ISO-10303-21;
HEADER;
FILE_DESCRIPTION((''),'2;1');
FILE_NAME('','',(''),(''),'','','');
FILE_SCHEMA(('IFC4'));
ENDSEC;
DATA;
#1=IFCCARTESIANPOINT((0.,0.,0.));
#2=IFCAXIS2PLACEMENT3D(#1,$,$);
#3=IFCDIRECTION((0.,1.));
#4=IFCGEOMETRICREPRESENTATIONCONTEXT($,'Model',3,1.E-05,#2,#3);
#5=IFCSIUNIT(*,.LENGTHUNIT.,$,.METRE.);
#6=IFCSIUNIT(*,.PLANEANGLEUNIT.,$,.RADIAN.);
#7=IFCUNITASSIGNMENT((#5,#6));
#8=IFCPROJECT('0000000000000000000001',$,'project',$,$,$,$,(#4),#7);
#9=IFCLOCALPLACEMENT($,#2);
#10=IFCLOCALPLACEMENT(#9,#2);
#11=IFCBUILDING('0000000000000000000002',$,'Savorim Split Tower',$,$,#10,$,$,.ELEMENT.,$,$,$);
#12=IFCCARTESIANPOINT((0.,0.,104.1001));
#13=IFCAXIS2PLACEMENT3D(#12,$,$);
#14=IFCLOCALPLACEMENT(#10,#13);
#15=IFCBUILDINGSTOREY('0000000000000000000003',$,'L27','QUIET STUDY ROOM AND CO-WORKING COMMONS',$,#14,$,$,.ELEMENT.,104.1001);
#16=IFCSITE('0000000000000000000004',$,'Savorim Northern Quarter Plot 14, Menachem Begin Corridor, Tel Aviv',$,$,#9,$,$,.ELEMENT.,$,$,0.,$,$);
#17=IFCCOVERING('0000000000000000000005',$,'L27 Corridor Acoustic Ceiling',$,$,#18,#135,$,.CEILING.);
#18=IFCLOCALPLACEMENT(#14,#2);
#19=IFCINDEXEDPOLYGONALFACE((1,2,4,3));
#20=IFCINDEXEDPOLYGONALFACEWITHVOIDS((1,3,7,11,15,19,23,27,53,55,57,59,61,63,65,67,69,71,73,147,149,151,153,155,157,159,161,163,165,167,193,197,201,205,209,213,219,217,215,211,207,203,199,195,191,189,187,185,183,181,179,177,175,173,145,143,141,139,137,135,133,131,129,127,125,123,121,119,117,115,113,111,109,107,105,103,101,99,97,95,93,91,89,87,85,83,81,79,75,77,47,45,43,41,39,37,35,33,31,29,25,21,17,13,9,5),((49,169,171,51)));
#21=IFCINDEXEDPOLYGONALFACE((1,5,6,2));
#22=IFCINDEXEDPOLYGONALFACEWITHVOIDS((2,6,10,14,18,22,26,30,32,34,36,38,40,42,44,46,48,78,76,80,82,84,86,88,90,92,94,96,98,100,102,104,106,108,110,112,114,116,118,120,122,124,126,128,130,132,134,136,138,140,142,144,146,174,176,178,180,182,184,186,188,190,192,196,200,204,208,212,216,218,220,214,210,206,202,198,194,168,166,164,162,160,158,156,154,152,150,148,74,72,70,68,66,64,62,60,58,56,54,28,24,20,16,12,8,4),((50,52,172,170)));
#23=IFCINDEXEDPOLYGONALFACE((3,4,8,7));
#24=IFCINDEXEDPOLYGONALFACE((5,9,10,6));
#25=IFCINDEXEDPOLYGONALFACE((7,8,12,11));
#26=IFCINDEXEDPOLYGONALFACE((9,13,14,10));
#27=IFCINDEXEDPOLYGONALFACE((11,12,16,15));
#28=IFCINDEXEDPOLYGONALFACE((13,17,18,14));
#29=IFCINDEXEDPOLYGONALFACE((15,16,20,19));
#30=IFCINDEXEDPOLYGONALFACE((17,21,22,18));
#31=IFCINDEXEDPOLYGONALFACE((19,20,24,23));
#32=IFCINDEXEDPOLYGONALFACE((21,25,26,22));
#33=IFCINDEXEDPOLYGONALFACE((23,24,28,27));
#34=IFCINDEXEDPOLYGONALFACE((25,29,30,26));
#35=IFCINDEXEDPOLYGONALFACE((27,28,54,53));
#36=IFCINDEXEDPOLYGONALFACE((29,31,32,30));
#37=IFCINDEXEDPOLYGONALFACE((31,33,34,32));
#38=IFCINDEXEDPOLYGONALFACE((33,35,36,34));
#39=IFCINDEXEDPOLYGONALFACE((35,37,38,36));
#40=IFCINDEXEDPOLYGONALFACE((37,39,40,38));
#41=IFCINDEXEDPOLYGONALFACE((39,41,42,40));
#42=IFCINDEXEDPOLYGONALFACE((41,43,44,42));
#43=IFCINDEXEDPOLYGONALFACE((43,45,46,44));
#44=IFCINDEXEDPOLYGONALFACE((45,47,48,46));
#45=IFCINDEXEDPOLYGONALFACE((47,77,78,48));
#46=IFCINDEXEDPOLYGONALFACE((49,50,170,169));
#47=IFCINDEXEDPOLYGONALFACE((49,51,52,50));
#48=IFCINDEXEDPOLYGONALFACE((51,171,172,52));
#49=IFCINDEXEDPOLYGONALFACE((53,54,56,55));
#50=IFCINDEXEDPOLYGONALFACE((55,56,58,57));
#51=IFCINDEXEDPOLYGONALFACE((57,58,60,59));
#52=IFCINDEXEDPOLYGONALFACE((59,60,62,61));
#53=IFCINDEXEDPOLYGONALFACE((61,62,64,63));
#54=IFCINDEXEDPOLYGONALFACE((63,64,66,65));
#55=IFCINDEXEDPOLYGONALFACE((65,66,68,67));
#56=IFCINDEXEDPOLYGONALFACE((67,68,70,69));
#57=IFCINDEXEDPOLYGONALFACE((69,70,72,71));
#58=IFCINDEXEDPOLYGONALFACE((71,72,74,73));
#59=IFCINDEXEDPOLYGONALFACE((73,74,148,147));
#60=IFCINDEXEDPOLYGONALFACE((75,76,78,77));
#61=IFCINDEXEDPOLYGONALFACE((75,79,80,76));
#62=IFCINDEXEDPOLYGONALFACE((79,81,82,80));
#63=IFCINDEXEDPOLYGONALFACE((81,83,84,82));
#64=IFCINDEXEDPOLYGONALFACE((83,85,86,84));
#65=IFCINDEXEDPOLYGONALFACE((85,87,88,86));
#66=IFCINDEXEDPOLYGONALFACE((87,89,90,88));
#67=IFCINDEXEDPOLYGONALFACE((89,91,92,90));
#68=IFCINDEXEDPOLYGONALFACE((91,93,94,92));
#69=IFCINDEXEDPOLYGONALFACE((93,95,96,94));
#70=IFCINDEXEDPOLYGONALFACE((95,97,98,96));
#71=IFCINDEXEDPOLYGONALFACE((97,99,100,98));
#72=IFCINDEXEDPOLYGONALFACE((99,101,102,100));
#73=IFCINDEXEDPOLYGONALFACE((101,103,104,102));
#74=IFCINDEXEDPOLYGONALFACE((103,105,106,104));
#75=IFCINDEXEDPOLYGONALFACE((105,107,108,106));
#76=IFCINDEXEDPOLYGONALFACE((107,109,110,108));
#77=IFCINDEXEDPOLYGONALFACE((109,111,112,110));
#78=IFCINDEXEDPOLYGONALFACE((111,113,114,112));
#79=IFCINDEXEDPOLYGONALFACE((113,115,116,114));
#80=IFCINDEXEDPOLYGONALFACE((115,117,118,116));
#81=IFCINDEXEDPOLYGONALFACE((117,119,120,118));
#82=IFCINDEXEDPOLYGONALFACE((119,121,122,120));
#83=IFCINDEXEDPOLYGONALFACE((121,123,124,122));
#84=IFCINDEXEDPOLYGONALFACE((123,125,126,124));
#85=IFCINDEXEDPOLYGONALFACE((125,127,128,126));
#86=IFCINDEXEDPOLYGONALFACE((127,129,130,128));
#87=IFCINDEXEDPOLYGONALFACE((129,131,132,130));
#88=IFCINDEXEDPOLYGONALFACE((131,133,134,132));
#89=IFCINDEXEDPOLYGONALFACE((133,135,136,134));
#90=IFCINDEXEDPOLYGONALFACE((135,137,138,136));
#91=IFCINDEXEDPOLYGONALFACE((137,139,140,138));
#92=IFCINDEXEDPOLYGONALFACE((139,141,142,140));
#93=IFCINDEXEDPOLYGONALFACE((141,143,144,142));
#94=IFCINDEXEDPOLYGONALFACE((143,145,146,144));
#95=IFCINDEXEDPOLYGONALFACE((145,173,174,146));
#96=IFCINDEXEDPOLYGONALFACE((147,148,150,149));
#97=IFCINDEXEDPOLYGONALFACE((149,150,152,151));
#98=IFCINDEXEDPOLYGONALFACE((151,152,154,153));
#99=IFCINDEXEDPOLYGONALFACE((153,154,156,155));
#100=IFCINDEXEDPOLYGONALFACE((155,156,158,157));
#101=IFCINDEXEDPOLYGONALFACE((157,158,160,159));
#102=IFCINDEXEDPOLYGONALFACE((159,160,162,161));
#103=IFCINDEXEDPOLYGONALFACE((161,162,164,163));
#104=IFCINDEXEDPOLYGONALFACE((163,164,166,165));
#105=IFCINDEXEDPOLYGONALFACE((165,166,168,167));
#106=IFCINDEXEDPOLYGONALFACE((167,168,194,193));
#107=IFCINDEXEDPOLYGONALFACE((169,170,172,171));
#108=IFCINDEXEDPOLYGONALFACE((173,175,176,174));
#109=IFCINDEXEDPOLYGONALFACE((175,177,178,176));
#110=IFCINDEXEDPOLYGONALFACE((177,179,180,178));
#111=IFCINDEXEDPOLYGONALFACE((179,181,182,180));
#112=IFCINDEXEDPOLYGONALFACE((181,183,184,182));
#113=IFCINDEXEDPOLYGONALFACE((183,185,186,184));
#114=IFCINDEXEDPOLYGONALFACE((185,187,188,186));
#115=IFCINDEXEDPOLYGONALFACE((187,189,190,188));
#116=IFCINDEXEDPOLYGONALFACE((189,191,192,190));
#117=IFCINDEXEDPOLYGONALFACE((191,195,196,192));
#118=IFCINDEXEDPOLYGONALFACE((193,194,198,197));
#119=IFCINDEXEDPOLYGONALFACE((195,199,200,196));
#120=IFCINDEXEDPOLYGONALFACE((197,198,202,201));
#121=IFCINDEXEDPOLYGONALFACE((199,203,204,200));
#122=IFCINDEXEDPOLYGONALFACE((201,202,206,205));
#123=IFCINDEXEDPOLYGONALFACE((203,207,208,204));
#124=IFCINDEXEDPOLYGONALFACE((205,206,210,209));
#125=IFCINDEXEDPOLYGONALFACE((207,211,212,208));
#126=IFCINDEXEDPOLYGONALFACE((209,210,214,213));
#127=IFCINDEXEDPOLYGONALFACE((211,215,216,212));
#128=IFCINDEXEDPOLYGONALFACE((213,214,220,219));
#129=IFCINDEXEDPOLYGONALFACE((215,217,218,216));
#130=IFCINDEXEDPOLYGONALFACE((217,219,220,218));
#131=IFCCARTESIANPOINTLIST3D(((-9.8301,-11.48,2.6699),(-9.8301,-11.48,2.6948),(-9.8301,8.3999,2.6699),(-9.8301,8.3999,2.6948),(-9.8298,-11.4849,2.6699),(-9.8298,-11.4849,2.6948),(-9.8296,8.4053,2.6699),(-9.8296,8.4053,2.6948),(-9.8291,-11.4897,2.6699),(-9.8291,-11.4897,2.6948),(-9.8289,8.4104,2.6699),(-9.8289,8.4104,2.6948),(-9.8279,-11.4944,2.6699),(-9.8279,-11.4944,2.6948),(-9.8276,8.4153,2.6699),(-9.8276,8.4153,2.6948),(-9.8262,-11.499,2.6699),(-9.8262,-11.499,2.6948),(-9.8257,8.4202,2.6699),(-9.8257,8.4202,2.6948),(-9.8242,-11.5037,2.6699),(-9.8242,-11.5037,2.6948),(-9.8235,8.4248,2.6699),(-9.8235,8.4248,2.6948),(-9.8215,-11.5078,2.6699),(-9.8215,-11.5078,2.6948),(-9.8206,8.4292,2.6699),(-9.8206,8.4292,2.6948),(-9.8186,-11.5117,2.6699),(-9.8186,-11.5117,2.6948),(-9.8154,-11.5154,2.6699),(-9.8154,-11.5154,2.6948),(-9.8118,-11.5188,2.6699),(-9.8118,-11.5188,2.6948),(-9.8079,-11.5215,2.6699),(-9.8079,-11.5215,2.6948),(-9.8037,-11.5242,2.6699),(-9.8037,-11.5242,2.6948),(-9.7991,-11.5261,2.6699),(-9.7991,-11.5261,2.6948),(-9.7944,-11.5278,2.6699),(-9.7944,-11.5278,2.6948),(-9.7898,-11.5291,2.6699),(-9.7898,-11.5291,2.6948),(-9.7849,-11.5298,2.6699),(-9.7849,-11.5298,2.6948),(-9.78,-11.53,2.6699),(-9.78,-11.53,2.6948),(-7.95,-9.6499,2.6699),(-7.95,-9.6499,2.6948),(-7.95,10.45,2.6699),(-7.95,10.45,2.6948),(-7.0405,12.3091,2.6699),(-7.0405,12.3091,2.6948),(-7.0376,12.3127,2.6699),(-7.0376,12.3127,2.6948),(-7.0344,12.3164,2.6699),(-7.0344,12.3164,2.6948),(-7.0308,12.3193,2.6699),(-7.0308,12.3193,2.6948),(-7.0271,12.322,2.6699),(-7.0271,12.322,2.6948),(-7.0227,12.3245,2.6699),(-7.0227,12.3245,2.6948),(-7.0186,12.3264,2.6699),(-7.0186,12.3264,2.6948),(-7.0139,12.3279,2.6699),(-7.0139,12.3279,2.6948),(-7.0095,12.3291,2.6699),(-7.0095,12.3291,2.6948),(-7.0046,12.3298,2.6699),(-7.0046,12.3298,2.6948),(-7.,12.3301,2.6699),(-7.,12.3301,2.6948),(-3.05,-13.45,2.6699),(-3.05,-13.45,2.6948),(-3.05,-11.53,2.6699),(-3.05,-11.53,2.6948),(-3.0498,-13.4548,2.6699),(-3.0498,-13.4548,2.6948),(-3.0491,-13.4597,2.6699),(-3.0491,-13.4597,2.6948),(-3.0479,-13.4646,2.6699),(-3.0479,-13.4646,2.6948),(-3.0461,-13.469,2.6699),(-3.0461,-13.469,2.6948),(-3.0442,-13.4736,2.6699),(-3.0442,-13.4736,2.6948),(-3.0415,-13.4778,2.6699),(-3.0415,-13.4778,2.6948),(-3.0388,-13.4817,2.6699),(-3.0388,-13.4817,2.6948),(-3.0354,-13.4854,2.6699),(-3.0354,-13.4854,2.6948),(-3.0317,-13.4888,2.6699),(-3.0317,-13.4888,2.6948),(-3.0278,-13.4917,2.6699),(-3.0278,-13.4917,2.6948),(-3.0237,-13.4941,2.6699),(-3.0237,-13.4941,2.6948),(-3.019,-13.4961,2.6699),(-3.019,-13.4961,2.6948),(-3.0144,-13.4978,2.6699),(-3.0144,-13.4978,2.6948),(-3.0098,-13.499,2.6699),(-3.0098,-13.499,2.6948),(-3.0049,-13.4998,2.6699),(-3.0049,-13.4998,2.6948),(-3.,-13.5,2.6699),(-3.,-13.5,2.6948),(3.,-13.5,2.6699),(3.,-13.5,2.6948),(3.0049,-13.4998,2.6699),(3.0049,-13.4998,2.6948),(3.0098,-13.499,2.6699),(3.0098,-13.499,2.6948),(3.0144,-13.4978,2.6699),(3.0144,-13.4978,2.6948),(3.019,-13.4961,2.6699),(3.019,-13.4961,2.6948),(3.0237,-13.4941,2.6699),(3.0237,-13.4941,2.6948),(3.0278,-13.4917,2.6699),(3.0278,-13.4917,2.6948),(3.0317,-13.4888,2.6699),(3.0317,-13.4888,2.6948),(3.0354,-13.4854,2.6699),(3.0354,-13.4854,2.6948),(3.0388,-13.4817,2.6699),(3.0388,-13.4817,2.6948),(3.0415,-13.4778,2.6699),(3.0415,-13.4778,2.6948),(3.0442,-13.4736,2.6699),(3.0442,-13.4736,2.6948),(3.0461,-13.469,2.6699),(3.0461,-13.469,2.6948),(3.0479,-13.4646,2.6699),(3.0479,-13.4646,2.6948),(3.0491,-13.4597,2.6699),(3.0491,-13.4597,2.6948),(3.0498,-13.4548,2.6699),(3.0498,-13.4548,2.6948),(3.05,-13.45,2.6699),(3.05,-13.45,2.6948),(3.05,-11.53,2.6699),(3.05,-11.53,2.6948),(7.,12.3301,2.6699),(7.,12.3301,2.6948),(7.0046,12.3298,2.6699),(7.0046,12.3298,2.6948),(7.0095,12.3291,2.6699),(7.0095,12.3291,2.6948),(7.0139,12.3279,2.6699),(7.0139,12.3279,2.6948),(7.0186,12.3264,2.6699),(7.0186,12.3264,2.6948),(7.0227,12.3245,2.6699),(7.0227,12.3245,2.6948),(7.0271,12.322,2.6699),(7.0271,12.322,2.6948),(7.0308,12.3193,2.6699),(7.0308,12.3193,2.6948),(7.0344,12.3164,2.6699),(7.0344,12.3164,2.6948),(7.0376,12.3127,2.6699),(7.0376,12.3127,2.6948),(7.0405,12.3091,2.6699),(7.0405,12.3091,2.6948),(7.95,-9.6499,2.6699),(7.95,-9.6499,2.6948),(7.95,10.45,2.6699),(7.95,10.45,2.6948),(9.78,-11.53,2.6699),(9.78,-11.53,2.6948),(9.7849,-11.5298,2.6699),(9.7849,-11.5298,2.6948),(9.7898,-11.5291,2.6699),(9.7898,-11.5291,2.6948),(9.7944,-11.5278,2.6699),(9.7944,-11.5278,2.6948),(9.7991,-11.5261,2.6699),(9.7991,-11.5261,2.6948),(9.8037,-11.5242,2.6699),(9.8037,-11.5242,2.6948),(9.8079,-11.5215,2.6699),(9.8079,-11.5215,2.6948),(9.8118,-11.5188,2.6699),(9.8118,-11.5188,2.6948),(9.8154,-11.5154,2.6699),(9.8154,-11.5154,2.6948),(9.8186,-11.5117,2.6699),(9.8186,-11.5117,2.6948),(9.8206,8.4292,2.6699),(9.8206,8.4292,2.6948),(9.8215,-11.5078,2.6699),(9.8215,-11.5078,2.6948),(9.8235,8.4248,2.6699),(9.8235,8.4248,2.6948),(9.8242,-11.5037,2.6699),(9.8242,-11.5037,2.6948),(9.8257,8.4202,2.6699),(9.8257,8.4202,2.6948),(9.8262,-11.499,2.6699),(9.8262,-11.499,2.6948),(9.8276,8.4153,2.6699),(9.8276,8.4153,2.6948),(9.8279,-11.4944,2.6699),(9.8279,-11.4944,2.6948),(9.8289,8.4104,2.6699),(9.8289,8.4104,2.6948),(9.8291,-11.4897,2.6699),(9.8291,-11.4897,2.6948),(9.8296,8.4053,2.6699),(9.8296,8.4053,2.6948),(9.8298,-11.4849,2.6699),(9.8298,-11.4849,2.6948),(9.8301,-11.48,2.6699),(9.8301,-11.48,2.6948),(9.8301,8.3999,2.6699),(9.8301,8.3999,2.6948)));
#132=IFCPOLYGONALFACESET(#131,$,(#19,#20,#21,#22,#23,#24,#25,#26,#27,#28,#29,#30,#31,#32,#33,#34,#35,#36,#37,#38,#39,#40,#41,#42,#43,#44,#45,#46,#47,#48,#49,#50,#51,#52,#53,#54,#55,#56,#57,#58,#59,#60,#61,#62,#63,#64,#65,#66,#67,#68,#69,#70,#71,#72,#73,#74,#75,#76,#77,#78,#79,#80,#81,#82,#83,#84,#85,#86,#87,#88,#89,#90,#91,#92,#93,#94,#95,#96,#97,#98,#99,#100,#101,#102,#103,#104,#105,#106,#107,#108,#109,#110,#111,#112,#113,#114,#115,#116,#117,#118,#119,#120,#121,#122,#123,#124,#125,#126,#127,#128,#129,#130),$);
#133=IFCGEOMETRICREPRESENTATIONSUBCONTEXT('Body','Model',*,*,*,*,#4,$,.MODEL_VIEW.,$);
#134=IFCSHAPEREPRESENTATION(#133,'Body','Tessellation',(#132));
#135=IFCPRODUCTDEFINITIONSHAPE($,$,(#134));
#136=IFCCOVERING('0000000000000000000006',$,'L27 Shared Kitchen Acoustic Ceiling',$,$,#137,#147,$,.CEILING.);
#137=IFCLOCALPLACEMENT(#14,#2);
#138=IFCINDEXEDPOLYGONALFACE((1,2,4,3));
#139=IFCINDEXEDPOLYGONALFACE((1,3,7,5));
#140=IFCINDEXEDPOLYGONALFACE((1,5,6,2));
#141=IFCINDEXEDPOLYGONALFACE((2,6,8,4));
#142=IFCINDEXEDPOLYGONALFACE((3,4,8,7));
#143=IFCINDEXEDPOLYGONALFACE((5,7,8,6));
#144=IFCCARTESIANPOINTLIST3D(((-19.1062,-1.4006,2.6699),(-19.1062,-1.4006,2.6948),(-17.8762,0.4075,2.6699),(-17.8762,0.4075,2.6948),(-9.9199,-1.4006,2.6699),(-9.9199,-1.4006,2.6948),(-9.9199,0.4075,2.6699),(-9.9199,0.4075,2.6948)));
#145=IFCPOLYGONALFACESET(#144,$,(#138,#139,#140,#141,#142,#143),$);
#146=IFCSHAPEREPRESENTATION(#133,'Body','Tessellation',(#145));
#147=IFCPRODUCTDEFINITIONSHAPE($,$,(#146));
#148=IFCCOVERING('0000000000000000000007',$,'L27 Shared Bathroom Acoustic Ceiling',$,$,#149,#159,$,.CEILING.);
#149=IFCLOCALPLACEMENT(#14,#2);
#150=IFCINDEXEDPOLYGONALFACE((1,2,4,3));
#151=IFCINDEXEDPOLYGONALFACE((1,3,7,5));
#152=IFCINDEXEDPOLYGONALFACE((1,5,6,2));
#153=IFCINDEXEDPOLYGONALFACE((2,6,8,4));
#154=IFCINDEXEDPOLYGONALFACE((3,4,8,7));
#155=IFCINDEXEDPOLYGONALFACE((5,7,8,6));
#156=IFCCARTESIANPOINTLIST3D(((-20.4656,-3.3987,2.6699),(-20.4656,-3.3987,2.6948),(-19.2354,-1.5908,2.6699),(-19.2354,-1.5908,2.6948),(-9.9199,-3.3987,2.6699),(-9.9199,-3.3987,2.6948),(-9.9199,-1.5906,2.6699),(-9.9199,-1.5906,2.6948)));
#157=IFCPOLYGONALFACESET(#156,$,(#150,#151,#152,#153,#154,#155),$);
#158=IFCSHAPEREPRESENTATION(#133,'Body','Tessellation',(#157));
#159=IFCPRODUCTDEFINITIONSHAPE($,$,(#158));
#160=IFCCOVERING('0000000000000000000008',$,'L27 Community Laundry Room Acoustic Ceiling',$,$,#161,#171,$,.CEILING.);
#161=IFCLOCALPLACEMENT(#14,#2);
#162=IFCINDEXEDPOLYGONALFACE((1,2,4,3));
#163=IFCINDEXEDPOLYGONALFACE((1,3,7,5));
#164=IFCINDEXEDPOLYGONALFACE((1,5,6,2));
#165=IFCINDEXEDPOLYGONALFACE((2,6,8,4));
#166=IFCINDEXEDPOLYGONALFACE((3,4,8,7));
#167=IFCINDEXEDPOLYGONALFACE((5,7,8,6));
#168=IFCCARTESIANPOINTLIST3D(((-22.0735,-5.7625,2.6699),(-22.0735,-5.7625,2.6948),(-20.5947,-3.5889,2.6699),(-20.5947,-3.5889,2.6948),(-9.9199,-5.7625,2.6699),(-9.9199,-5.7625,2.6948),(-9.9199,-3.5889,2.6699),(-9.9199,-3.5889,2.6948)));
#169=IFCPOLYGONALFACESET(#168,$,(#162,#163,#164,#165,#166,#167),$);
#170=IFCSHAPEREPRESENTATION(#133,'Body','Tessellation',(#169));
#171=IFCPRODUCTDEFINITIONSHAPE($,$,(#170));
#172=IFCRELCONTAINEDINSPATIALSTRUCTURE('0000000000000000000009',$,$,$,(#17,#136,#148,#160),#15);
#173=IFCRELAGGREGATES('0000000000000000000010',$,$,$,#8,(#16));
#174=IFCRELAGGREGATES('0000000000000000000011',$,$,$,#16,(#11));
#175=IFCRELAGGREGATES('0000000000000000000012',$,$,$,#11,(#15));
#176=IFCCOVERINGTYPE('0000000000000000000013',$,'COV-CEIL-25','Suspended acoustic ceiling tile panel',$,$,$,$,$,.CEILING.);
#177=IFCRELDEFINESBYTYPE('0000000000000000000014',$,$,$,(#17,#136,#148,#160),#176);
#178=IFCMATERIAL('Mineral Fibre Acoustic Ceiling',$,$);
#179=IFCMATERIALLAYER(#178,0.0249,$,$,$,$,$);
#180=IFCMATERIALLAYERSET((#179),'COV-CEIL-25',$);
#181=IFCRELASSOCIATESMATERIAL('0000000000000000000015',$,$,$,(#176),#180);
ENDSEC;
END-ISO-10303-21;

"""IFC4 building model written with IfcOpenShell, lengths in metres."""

from ifc_helpers import new_model, si_unit, direction, frame, origin, place, context, subcontext, project, spatial, polyline, outline, extrude, material, layer, layer_set, type_object, element, save


model = new_model("IFC4")

# Units and contexts
model_context = context("Model", 3, precision=1e-05, world=origin(), true_north=direction((0.0, 1.0)))
body_context = subcontext(model_context, "Body", "Model", "MODEL_VIEW")
ifc_project = project(units=[si_unit("LENGTHUNIT", "METRE"), si_unit("PLANEANGLEUNIT", "RADIAN")], contexts=[model_context])

# Site, building, storey
site_placement = place(None, origin())
site = spatial("IfcSite", under=ifc_project, at=site_placement, Name="Savorim Northern Quarter Plot 14, Menachem Begin Corridor, Tel Aviv", CompositionType="ELEMENT", RefElevation=0.0)
building_placement = place(site_placement, origin())
building = spatial("IfcBuilding", under=site, at=building_placement, Name="Savorim Split Tower", CompositionType="ELEMENT")
storey_placement = place(building_placement, frame((0.0, 0.0, 104.1001)))
storey = spatial("IfcBuildingStorey", under=building, at=storey_placement, Name="L27", Description="QUIET STUDY ROOM AND CO-WORKING COMMONS", CompositionType="ELEMENT", Elevation=104.1001)

# Coverings
ifc_material_1 = material(Name="Mineral Fibre Acoustic Ceiling")
ifc_layer_1 = layer(ifc_material_1, 0.0249)
ifc_layer_set_1 = layer_set([ifc_layer_1], Name="COV-CEIL-25")
covering_type_1 = type_object("IfcCoveringType", Name="COV-CEIL-25", Description="Suspended acoustic ceiling tile panel", PredefinedType="CEILING", material=ifc_layer_set_1)
covering_1_placement = place(storey_placement, frame((0.0, 0.0, 2.6699)))
element("IfcCovering", 1, at=covering_1_placement, inside=storey, type_object=covering_type_1, Name="L27 Corridor Acoustic Ceiling", PredefinedType="CEILING", context=body_context, shape_type="SweptSolid", body=[
    extrude(outline(polyline([(7.0095, 12.3291), (7.0046, 12.3298), (7.0, 12.3301), (-7.0, 12.3301), (-7.0046, 12.3298), (-7.0095, 12.3291), (-7.0139, 12.3279), (-7.0186, 12.3264), (-7.0227, 12.3245), (-7.0271, 12.322), (-7.0308, 12.3193), (-7.0344, 12.3164), (-7.0376, 12.3127), (-7.0405, 12.3091), (-9.8206, 8.4292), (-9.8235, 8.4248), (-9.8257, 8.4202), (-9.8276, 8.4153), (-9.8289, 8.4104), (-9.8296, 8.4053), (-9.8301, 8.3999), (-9.8301, -11.48), (-9.8298, -11.4849), (-9.8291, -11.4897), (-9.8279, -11.4944), (-9.8262, -11.499), (-9.8242, -11.5037), (-9.8215, -11.5078), (-9.8186, -11.5117), (-9.8154, -11.5154), (-9.8118, -11.5188), (-9.8079, -11.5215), (-9.8037, -11.5242), (-9.7991, -11.5261), (-9.7944, -11.5278), (-9.7898, -11.5291), (-9.7849, -11.5298), (-9.78, -11.53), (-3.05, -11.53), (-3.05, -13.45), (-3.0498, -13.4548), (-3.0491, -13.4597), (-3.0479, -13.4646), (-3.0461, -13.469), (-3.0442, -13.4736), (-3.0415, -13.4778), (-3.0388, -13.4817), (-3.0354, -13.4854), (-3.0317, -13.4888), (-3.0278, -13.4917), (-3.0237, -13.4941), (-3.019, -13.4961), (-3.0144, -13.4978), (-3.0098, -13.499), (-3.0049, -13.4998), (-3.0, -13.5), (3.0, -13.5), (3.0049, -13.4998), (3.0098, -13.499), (3.0144, -13.4978), (3.019, -13.4961), (3.0237, -13.4941), (3.0278, -13.4917), (3.0317, -13.4888), (3.0354, -13.4854), (3.0388, -13.4817), (3.0415, -13.4778), (3.0442, -13.4736), (3.0461, -13.469), (3.0479, -13.4646), (3.0491, -13.4597), (3.0498, -13.4548), (3.05, -13.45), (3.05, -11.53), (9.78, -11.53), (9.7849, -11.5298), (9.7898, -11.5291), (9.7944, -11.5278), (9.7991, -11.5261), (9.8037, -11.5242), (9.8079, -11.5215), (9.8118, -11.5188), (9.8154, -11.5154), (9.8186, -11.5117), (9.8215, -11.5078), (9.8242, -11.5037), (9.8262, -11.499), (9.8279, -11.4944), (9.8291, -11.4897), (9.8298, -11.4849), (9.8301, -11.48), (9.8301, 8.3999), (9.8296, 8.4053), (9.8289, 8.4104), (9.8276, 8.4153), (9.8257, 8.4202), (9.8235, 8.4248), (9.8206, 8.4292), (7.0405, 12.3091), (7.0376, 12.3127), (7.0344, 12.3164), (7.0308, 12.3193), (7.0271, 12.322), (7.0227, 12.3245), (7.0186, 12.3264), (7.0139, 12.3279), (7.0095, 12.3291)]), holes=[polyline([(-7.95, 10.45), (-7.95, -9.6499), (7.95, -9.6499), (7.95, 10.45), (-7.95, 10.45)])]), origin(), (0.0, 0.0, 1.0), 0.0249),
])
covering_2_placement = place(storey_placement, frame((0.0, 0.0, 2.6699)))
element("IfcCovering", 2, at=covering_2_placement, inside=storey, type_object=covering_type_1, Name="L27 Shared Kitchen Acoustic Ceiling", PredefinedType="CEILING", context=body_context, shape_type="SweptSolid", body=[
    extrude(outline(polyline([(-17.8762, 0.4075), (-19.1062, -1.4006), (-9.9199, -1.4006), (-9.9199, 0.4075), (-17.8762, 0.4075)])), origin(), (0.0, 0.0, 1.0), 0.0249),
])
covering_3_placement = place(storey_placement, frame((0.0, 0.0, 2.6699)))
element("IfcCovering", 3, at=covering_3_placement, inside=storey, type_object=covering_type_1, Name="L27 Shared Bathroom Acoustic Ceiling", PredefinedType="CEILING", context=body_context, shape_type="SweptSolid", body=[
    extrude(outline(polyline([(-19.2354, -1.5908), (-20.4656, -3.3987), (-9.9199, -3.3987), (-9.9199, -1.5906), (-19.2354, -1.5908)])), origin(), (0.0, 0.0, 1.0), 0.0249),
])
covering_4_placement = place(storey_placement, frame((0.0, 0.0, 2.6699)))
element("IfcCovering", 4, at=covering_4_placement, inside=storey, type_object=covering_type_1, Name="L27 Community Laundry Room Acoustic Ceiling", PredefinedType="CEILING", context=body_context, shape_type="SweptSolid", body=[
    extrude(outline(polyline([(-20.5947, -3.5889), (-22.0735, -5.7625), (-9.9199, -5.7625), (-9.9199, -3.5889), (-20.5947, -3.5889)])), origin(), (0.0, 0.0, 1.0), 0.0249),
])

save(model, "model.ifc")
